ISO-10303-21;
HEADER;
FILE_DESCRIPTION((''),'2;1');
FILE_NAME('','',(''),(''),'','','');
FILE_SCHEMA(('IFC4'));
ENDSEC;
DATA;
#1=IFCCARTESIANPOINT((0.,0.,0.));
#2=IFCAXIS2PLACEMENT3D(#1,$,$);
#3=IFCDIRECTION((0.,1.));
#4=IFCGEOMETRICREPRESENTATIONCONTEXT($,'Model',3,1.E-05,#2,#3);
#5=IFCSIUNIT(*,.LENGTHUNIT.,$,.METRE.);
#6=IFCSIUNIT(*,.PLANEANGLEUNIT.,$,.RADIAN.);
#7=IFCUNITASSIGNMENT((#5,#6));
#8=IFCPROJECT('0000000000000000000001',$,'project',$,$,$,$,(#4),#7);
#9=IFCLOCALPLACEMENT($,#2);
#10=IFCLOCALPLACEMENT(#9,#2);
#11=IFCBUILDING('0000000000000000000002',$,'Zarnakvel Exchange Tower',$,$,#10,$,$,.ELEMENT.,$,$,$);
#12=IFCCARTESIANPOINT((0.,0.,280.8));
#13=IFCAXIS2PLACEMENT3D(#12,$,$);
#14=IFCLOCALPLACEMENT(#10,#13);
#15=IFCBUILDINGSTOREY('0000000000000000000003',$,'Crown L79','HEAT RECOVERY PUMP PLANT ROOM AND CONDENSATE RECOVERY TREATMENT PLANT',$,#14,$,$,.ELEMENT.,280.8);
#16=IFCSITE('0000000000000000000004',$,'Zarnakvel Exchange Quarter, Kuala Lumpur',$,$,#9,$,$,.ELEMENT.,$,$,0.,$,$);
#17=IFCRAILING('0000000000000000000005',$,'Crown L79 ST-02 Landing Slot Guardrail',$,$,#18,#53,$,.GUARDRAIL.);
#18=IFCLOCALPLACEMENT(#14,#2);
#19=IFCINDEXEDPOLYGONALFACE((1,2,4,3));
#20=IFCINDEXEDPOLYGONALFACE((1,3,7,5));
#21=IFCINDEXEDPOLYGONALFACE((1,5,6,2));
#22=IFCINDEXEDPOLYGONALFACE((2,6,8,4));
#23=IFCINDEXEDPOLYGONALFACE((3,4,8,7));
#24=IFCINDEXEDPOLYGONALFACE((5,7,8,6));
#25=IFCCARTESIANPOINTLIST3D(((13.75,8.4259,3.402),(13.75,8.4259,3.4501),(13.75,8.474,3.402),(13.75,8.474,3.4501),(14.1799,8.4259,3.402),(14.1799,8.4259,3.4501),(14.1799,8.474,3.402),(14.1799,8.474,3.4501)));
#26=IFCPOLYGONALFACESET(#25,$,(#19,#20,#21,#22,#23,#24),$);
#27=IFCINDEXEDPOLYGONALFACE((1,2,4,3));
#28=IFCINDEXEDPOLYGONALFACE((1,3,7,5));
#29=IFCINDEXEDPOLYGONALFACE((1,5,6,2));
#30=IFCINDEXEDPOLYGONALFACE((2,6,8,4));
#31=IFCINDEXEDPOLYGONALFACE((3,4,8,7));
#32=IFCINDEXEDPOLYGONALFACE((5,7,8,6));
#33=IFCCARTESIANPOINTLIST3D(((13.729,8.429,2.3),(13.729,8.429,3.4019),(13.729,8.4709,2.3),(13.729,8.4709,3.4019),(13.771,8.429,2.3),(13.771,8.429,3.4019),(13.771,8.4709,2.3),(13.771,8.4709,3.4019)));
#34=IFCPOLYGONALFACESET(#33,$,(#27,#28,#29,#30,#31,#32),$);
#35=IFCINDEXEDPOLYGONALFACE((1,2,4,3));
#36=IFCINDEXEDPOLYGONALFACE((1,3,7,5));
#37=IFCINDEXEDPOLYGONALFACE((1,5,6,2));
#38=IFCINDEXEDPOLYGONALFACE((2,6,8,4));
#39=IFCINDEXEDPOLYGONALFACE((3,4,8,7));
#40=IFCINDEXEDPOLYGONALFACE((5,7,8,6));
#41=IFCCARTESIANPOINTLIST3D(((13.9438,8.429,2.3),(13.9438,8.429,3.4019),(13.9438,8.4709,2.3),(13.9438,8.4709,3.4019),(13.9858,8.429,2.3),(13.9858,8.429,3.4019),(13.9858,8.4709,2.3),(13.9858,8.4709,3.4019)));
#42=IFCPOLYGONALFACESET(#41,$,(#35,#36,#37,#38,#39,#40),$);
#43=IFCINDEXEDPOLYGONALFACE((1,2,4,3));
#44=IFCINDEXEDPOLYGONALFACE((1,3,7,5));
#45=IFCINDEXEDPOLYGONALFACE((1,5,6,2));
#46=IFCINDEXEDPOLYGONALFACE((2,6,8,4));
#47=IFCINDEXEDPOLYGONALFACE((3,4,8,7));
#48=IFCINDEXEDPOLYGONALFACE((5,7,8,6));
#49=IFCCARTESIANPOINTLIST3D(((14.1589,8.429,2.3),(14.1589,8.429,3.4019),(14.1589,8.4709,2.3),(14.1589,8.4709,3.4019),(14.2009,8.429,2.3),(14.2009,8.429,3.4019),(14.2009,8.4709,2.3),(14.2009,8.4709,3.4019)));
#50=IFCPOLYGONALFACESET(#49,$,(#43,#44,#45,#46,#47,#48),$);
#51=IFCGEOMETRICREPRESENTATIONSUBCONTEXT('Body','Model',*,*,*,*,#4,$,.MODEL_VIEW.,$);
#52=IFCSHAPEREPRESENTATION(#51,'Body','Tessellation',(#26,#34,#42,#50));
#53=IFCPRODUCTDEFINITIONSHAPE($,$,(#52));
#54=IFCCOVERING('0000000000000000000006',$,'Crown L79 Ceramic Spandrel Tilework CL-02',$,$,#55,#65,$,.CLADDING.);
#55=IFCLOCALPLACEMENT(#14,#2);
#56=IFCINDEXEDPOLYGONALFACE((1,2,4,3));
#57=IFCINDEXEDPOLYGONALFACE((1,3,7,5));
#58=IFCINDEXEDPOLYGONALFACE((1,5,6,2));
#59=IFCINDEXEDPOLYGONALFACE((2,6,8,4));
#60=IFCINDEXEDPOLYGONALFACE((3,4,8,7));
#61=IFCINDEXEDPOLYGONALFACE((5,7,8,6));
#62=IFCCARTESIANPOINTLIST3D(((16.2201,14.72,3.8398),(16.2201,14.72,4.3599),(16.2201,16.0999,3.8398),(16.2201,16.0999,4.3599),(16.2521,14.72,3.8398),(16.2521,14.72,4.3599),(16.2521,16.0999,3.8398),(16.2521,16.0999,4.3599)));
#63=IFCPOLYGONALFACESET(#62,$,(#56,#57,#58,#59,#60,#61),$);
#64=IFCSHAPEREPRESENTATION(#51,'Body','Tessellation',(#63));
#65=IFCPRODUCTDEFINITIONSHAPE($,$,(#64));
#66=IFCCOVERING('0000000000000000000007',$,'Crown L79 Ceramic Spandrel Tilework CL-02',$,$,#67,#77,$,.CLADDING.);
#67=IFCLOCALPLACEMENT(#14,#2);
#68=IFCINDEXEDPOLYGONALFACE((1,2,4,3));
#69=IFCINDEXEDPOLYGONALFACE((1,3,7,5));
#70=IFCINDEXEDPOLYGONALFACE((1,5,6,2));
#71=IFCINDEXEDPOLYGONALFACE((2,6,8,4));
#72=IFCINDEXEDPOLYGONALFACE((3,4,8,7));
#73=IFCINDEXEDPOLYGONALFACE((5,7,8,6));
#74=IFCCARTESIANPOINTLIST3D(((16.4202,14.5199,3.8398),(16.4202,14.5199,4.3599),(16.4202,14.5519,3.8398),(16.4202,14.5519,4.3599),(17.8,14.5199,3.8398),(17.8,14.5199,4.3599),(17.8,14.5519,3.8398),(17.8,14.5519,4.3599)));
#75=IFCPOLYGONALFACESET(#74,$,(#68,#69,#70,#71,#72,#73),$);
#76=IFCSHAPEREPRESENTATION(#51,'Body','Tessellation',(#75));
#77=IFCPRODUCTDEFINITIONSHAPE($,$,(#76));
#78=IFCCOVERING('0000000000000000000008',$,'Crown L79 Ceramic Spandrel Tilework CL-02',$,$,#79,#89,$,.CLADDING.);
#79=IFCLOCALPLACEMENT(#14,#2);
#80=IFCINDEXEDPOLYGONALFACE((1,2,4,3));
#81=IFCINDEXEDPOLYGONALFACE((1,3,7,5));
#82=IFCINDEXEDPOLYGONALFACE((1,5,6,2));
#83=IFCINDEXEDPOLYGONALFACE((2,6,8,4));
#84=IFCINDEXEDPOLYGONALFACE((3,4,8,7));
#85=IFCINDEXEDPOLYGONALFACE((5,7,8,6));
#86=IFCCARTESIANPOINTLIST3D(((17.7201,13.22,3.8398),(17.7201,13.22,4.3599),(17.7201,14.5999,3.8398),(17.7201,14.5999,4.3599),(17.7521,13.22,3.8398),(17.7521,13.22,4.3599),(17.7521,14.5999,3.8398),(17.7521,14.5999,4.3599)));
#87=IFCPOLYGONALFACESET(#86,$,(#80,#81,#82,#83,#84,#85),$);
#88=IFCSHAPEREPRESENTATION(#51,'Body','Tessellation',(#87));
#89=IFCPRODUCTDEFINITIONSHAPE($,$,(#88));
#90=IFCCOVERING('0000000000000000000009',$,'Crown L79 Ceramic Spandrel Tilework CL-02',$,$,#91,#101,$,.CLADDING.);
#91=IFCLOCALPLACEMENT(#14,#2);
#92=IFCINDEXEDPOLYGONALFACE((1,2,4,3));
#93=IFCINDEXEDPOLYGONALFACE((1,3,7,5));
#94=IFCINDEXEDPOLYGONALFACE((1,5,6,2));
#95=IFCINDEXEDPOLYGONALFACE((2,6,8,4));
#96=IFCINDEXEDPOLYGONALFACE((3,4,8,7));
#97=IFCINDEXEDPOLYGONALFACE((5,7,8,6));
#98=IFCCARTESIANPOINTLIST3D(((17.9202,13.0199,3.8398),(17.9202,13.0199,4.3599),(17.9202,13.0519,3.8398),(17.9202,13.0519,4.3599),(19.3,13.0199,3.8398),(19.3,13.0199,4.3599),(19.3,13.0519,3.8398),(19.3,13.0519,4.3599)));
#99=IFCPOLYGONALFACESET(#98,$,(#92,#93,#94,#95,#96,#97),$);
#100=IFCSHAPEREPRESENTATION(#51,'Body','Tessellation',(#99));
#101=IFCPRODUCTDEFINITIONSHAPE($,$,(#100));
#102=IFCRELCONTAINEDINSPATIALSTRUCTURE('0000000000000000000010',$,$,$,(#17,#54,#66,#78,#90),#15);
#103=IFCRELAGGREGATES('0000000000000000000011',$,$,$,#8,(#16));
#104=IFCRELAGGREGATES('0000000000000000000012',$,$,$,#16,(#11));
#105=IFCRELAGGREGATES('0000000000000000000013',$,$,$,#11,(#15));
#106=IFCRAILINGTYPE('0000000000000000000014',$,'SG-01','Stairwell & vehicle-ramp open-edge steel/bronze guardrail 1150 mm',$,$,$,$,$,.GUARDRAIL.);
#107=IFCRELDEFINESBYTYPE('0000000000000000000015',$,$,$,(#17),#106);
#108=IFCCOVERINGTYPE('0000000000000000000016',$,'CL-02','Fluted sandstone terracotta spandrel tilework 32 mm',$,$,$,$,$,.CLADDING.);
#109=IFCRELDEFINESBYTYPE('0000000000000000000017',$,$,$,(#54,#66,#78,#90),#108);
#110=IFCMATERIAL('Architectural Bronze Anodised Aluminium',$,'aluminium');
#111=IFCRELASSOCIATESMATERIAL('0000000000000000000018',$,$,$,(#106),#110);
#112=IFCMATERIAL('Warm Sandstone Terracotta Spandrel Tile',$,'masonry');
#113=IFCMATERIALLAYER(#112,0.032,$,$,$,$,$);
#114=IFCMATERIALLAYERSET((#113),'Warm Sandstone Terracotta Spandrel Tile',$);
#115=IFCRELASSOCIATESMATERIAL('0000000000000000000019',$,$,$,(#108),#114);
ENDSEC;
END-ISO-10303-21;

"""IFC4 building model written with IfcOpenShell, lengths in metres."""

from ifc_helpers import new_model, si_unit, direction, frame, origin, origin_2d, place, context, subcontext, project, spatial, rectangle, extrude, source, transform, mapped, material, layer, layer_set, type_object, element, save


model = new_model("IFC4")

# Units and contexts
model_context = context("Model", 3, precision=1e-05, world=origin(), true_north=direction((0.0, 1.0)))
body_context = subcontext(model_context, "Body", "Model", "MODEL_VIEW")
ifc_project = project(units=[si_unit("LENGTHUNIT", "METRE"), si_unit("PLANEANGLEUNIT", "RADIAN")], contexts=[model_context])

# Site, building, storey
site_placement = place(None, origin())
site = spatial("IfcSite", under=ifc_project, at=site_placement, Name="Zarnakvel Exchange Quarter, Kuala Lumpur", CompositionType="ELEMENT", RefElevation=0.0)
building_placement = place(site_placement, origin())
building = spatial("IfcBuilding", under=site, at=building_placement, Name="Zarnakvel Exchange Tower", CompositionType="ELEMENT")
storey_placement = place(building_placement, frame((0.0, 0.0, 280.8)))
storey = spatial("IfcBuildingStorey", under=building, at=storey_placement, Name="Crown L79", Description="HEAT RECOVERY PUMP PLANT ROOM AND CONDENSATE RECOVERY TREATMENT PLANT", CompositionType="ELEMENT", Elevation=280.8)

# Shared definitions
ifc_material_1 = material(Name="Architectural Bronze Anodised Aluminium", Category="aluminium")

# Railing
railing_type_1 = type_object("IfcRailingType", Name="SG-01", Description="Stairwell & vehicle-ramp open-edge steel/bronze guardrail 1150 mm", PredefinedType="GUARDRAIL", material=ifc_material_1)
railing_1_placement = place(storey_placement, frame((13.75, 8.45, 2.3)))
element("IfcRailing", 1, at=railing_1_placement, inside=storey, type_object=railing_type_1, Name="Crown L79 ST-02 Landing Slot Guardrail", PredefinedType="GUARDRAIL", context=body_context, shape_type="SweptSolid", body=[
    extrude(rectangle(XDim=0.0481, YDim=0.0481, at=origin_2d()), frame((0.0, 0.0, 1.126), z_axis=(1.0, 0.0, 0.0), x_axis=(0.0, 1.0, 0.0)), (0.0, 0.0, 1.0), 0.4299),
    extrude(rectangle(XDim=0.042, YDim=0.042, at=origin_2d()), origin(), (0.0, 0.0, 1.0), 1.1018),
    extrude(rectangle(XDim=0.042, YDim=0.042, at=origin_2d()), frame((0.2148, 0.0, 0.0)), (0.0, 0.0, 1.0), 1.1018),
    extrude(rectangle(XDim=0.042, YDim=0.042, at=origin_2d()), frame((0.4299, 0.0, 0.0)), (0.0, 0.0, 1.0), 1.1018),
])

# Coverings
ifc_material_2 = material(Name="Warm Sandstone Terracotta Spandrel Tile", Category="masonry")
ifc_layer_1 = layer(ifc_material_2, 0.032)
ifc_layer_set_1 = layer_set([ifc_layer_1], Name="Warm Sandstone Terracotta Spandrel Tile")
covering_type = type_object("IfcCoveringType", Name="CL-02", Description="Fluted sandstone terracotta spandrel tilework 32 mm", PredefinedType="CLADDING", material=ifc_layer_set_1)
shared_shape_1 = source(origin(), body_context, "Body", "SweptSolid", [
    extrude(rectangle(XDim=1.3799, YDim=0.032, at=origin_2d()), origin(), (0.0, 0.0, 1.0), 0.52),
])
for number, where, z_axis, x_axis, name in (
    (2, (16.2361, 15.4099, 3.8398), (0.0, 0.0, 1.0), (0.0, 1.0, 0.0), "Crown L79 Ceramic Spandrel Tilework CL-02"),
    (3, (17.1101, 14.5359, 3.8398), (0.0, 0.0, 1.0), (-1.0, 0.0, 0.0), "Crown L79 Ceramic Spandrel Tilework CL-02"),
    (4, (17.7361, 13.9099, 3.8398), (0.0, 0.0, 1.0), (0.0, 1.0, 0.0), "Crown L79 Ceramic Spandrel Tilework CL-02"),
    (5, (18.6101, 13.0359, 3.8398), (0.0, 0.0, 1.0), (-1.0, 0.0, 0.0), "Crown L79 Ceramic Spandrel Tilework CL-02"),
):
    element("IfcCovering", number, at=place(storey_placement, frame(where, z_axis=z_axis, x_axis=x_axis)), inside=storey, type_object=covering_type, Name=name, PredefinedType="CLADDING", context=body_context, shape_type="MappedRepresentation", body=[
        mapped(shared_shape_1, transform((0.0, 0.0, 0.0), x_axis=(1.0, 0.0, 0.0), y_axis=(0.0, 1.0, 0.0), z_axis=(0.0, 0.0, 1.0), scale=1.0)),
    ])

save(model, "model.ifc")
